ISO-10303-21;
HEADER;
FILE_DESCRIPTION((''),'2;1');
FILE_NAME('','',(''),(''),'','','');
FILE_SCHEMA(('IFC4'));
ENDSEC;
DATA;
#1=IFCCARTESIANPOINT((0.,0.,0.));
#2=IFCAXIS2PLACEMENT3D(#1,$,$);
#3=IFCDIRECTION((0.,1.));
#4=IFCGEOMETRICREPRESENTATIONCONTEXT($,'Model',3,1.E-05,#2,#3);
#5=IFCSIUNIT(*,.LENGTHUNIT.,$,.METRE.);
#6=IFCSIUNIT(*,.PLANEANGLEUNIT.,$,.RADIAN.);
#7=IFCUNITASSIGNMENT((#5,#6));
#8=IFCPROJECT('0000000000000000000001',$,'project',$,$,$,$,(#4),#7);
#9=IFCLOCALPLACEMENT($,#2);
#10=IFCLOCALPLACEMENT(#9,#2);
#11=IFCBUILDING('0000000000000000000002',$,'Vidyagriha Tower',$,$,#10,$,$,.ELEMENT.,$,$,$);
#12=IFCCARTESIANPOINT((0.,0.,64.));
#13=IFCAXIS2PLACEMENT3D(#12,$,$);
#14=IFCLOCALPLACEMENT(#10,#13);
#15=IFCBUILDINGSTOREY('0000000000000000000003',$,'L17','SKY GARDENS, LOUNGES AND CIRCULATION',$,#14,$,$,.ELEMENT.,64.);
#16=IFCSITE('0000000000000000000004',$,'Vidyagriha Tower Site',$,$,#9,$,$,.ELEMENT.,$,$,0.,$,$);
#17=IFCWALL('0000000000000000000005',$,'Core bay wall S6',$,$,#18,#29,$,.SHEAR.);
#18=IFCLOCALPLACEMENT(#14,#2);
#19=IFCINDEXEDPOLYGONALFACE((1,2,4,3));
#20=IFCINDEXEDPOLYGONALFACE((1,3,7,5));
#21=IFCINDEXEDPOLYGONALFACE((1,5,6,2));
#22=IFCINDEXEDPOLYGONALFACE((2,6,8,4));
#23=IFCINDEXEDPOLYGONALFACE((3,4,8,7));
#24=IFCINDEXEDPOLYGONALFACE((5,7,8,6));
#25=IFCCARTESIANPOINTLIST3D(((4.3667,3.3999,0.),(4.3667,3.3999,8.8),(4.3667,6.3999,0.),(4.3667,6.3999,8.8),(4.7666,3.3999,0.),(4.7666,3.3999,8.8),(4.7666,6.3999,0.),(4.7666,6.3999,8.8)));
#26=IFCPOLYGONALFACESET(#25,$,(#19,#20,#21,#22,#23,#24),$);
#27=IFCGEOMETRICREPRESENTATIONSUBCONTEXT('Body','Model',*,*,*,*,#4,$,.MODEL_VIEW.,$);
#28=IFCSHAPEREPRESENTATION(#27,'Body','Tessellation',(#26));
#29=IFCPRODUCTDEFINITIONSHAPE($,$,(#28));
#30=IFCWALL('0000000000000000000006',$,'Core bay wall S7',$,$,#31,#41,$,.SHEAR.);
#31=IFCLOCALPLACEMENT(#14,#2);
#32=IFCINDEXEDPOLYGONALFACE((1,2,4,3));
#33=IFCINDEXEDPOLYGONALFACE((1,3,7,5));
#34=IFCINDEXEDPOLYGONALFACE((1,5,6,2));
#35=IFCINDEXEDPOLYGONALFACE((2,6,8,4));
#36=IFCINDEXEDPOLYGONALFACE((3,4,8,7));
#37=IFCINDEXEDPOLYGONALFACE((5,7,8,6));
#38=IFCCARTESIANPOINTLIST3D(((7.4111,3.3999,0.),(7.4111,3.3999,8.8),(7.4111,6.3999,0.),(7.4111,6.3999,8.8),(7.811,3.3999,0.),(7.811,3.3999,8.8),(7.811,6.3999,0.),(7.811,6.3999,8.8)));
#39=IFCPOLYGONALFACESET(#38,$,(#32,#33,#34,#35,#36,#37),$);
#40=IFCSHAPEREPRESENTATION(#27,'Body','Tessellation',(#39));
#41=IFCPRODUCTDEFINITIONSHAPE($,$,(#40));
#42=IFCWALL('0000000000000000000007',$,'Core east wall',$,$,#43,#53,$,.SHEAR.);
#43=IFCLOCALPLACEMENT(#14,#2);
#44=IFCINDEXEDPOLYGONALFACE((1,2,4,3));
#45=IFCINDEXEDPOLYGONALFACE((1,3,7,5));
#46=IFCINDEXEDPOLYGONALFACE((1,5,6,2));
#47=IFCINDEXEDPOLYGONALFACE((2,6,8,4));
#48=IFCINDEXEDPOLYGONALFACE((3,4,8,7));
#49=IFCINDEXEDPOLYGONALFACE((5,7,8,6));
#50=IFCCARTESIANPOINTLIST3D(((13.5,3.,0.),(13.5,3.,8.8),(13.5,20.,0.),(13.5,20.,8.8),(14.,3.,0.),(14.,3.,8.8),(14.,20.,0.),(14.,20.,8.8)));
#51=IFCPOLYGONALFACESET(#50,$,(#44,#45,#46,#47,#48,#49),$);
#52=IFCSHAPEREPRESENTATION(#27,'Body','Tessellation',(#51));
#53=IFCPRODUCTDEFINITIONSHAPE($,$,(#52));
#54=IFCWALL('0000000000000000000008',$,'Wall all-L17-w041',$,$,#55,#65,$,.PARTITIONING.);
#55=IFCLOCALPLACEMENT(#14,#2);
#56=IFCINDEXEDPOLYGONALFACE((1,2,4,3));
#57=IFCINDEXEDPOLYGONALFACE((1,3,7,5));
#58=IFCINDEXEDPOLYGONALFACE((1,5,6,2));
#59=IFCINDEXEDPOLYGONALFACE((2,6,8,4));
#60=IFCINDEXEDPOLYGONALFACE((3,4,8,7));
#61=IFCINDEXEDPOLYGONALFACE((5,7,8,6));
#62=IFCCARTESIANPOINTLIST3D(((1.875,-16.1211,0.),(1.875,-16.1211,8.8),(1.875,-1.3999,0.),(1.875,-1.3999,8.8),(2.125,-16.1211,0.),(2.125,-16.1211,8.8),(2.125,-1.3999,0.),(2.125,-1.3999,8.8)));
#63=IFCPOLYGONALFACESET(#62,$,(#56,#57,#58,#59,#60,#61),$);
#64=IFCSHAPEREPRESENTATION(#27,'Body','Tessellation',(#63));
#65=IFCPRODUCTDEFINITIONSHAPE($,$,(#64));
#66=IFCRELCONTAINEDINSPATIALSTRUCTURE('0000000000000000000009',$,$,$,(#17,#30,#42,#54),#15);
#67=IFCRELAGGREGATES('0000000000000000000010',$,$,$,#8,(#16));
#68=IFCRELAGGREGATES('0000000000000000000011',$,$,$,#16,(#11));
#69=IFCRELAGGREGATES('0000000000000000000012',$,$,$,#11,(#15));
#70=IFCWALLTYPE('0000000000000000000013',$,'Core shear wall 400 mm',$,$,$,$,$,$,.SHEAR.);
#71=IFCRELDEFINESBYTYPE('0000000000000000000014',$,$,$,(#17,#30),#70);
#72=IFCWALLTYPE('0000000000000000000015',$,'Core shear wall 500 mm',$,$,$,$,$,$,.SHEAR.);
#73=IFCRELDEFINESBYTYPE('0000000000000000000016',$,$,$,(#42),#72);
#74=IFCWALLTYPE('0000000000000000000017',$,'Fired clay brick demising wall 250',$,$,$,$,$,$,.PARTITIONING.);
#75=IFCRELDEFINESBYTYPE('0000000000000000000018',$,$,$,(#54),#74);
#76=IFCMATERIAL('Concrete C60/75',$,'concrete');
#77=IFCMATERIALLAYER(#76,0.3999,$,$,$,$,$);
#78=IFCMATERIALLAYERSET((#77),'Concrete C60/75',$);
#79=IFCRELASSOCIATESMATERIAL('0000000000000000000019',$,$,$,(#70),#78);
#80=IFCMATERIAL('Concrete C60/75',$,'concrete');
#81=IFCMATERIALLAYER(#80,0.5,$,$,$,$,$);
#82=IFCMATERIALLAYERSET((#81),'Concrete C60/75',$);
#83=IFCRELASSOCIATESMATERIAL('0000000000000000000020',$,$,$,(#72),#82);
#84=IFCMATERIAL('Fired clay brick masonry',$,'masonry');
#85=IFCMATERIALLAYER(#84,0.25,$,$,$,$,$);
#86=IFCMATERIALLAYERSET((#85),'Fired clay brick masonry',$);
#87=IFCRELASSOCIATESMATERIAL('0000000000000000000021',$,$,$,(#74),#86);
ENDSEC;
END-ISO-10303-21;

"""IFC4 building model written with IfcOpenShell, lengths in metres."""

from ifc_helpers import new_model, si_unit, direction, frame, frame_2d, origin, place, context, subcontext, project, spatial, rectangle, extrude, material, layer, layer_set, type_object, element, save


model = new_model("IFC4")

# Units and contexts
model_context = context("Model", 3, precision=1e-05, world=origin(), true_north=direction((0.0, 1.0)))
body_context = subcontext(model_context, "Body", "Model", "MODEL_VIEW")
ifc_project = project(units=[si_unit("LENGTHUNIT", "METRE"), si_unit("PLANEANGLEUNIT", "RADIAN")], contexts=[model_context])

# Site, building, storey
site_placement = place(None, origin())
site = spatial("IfcSite", under=ifc_project, at=site_placement, Name="Vidyagriha Tower Site", CompositionType="ELEMENT", RefElevation=0.0)
building_placement = place(site_placement, origin())
building = spatial("IfcBuilding", under=site, at=building_placement, Name="Vidyagriha Tower", CompositionType="ELEMENT")
storey_placement = place(building_placement, frame((0.0, 0.0, 64.0)))
storey = spatial("IfcBuildingStorey", under=building, at=storey_placement, Name="L17", Description="SKY GARDENS, LOUNGES AND CIRCULATION", CompositionType="ELEMENT", Elevation=64.0)

# Walls
ifc_material_1 = material(Name="Concrete C60/75", Category="concrete")
ifc_layer_1 = layer(ifc_material_1, 0.3999)
ifc_layer_set_1 = layer_set([ifc_layer_1], Name="Concrete C60/75")
wall_type_1 = type_object("IfcWallType", Name="Core shear wall 400 mm", PredefinedType="SHEAR", material=ifc_layer_set_1)
for number, where, z_axis, x_axis, name in (
    (1, (4.5667, 3.3999, 0.0), (0.0, 0.0, 1.0), (0.0, 1.0, 0.0), "Core bay wall S6"),
    (2, (7.6111, 3.3999, 0.0), (0.0, 0.0, 1.0), (0.0, 1.0, 0.0), "Core bay wall S7"),
):
    element("IfcWall", number, at=place(storey_placement, frame(where, z_axis=z_axis, x_axis=x_axis)), inside=storey, type_object=wall_type_1, Name=name, PredefinedType="SHEAR", context=body_context, shape_type="SweptSolid", body=[
        extrude(rectangle(XDim=3.0, YDim=0.3999, at=frame_2d((1.5, 0.0))), origin(), (0.0, 0.0, 1.0), 8.8),
    ])
ifc_material_2 = material(Name="Concrete C60/75", Category="concrete")
ifc_layer_2 = layer(ifc_material_2, 0.5)
ifc_layer_set_2 = layer_set([ifc_layer_2], Name="Concrete C60/75")
wall_type_2 = type_object("IfcWallType", Name="Core shear wall 500 mm", PredefinedType="SHEAR", material=ifc_layer_set_2)
wall_1_placement = place(storey_placement, frame((13.75, 3.0, 0.0), z_axis=(0.0, 0.0, 1.0), x_axis=(0.0, 1.0, 0.0)))
element("IfcWall", 3, at=wall_1_placement, inside=storey, type_object=wall_type_2, Name="Core east wall", PredefinedType="SHEAR", context=body_context, shape_type="SweptSolid", body=[
    extrude(rectangle(XDim=17.0, YDim=0.5, at=frame_2d((8.5, 0.0))), origin(), (0.0, 0.0, 1.0), 8.8),
])
ifc_material_3 = material(Name="Fired clay brick masonry", Category="masonry")
ifc_layer_3 = layer(ifc_material_3, 0.25)
ifc_layer_set_3 = layer_set([ifc_layer_3], Name="Fired clay brick masonry")
wall_type_3 = type_object("IfcWallType", Name="Fired clay brick demising wall 250", PredefinedType="PARTITIONING", material=ifc_layer_set_3)
wall_2_placement = place(storey_placement, frame((2.0, -1.3999, 0.0), z_axis=(0.0, 0.0, 1.0), x_axis=(0.0, -1.0, 0.0)))
element("IfcWall", 4, at=wall_2_placement, inside=storey, type_object=wall_type_3, Name="Wall all-L17-w041", PredefinedType="PARTITIONING", context=body_context, shape_type="SweptSolid", body=[
    extrude(rectangle(XDim=14.7212, YDim=0.25, at=frame_2d((7.3606, 0.0))), origin(), (0.0, 0.0, 1.0), 8.8),
])

save(model, "model.ifc")
